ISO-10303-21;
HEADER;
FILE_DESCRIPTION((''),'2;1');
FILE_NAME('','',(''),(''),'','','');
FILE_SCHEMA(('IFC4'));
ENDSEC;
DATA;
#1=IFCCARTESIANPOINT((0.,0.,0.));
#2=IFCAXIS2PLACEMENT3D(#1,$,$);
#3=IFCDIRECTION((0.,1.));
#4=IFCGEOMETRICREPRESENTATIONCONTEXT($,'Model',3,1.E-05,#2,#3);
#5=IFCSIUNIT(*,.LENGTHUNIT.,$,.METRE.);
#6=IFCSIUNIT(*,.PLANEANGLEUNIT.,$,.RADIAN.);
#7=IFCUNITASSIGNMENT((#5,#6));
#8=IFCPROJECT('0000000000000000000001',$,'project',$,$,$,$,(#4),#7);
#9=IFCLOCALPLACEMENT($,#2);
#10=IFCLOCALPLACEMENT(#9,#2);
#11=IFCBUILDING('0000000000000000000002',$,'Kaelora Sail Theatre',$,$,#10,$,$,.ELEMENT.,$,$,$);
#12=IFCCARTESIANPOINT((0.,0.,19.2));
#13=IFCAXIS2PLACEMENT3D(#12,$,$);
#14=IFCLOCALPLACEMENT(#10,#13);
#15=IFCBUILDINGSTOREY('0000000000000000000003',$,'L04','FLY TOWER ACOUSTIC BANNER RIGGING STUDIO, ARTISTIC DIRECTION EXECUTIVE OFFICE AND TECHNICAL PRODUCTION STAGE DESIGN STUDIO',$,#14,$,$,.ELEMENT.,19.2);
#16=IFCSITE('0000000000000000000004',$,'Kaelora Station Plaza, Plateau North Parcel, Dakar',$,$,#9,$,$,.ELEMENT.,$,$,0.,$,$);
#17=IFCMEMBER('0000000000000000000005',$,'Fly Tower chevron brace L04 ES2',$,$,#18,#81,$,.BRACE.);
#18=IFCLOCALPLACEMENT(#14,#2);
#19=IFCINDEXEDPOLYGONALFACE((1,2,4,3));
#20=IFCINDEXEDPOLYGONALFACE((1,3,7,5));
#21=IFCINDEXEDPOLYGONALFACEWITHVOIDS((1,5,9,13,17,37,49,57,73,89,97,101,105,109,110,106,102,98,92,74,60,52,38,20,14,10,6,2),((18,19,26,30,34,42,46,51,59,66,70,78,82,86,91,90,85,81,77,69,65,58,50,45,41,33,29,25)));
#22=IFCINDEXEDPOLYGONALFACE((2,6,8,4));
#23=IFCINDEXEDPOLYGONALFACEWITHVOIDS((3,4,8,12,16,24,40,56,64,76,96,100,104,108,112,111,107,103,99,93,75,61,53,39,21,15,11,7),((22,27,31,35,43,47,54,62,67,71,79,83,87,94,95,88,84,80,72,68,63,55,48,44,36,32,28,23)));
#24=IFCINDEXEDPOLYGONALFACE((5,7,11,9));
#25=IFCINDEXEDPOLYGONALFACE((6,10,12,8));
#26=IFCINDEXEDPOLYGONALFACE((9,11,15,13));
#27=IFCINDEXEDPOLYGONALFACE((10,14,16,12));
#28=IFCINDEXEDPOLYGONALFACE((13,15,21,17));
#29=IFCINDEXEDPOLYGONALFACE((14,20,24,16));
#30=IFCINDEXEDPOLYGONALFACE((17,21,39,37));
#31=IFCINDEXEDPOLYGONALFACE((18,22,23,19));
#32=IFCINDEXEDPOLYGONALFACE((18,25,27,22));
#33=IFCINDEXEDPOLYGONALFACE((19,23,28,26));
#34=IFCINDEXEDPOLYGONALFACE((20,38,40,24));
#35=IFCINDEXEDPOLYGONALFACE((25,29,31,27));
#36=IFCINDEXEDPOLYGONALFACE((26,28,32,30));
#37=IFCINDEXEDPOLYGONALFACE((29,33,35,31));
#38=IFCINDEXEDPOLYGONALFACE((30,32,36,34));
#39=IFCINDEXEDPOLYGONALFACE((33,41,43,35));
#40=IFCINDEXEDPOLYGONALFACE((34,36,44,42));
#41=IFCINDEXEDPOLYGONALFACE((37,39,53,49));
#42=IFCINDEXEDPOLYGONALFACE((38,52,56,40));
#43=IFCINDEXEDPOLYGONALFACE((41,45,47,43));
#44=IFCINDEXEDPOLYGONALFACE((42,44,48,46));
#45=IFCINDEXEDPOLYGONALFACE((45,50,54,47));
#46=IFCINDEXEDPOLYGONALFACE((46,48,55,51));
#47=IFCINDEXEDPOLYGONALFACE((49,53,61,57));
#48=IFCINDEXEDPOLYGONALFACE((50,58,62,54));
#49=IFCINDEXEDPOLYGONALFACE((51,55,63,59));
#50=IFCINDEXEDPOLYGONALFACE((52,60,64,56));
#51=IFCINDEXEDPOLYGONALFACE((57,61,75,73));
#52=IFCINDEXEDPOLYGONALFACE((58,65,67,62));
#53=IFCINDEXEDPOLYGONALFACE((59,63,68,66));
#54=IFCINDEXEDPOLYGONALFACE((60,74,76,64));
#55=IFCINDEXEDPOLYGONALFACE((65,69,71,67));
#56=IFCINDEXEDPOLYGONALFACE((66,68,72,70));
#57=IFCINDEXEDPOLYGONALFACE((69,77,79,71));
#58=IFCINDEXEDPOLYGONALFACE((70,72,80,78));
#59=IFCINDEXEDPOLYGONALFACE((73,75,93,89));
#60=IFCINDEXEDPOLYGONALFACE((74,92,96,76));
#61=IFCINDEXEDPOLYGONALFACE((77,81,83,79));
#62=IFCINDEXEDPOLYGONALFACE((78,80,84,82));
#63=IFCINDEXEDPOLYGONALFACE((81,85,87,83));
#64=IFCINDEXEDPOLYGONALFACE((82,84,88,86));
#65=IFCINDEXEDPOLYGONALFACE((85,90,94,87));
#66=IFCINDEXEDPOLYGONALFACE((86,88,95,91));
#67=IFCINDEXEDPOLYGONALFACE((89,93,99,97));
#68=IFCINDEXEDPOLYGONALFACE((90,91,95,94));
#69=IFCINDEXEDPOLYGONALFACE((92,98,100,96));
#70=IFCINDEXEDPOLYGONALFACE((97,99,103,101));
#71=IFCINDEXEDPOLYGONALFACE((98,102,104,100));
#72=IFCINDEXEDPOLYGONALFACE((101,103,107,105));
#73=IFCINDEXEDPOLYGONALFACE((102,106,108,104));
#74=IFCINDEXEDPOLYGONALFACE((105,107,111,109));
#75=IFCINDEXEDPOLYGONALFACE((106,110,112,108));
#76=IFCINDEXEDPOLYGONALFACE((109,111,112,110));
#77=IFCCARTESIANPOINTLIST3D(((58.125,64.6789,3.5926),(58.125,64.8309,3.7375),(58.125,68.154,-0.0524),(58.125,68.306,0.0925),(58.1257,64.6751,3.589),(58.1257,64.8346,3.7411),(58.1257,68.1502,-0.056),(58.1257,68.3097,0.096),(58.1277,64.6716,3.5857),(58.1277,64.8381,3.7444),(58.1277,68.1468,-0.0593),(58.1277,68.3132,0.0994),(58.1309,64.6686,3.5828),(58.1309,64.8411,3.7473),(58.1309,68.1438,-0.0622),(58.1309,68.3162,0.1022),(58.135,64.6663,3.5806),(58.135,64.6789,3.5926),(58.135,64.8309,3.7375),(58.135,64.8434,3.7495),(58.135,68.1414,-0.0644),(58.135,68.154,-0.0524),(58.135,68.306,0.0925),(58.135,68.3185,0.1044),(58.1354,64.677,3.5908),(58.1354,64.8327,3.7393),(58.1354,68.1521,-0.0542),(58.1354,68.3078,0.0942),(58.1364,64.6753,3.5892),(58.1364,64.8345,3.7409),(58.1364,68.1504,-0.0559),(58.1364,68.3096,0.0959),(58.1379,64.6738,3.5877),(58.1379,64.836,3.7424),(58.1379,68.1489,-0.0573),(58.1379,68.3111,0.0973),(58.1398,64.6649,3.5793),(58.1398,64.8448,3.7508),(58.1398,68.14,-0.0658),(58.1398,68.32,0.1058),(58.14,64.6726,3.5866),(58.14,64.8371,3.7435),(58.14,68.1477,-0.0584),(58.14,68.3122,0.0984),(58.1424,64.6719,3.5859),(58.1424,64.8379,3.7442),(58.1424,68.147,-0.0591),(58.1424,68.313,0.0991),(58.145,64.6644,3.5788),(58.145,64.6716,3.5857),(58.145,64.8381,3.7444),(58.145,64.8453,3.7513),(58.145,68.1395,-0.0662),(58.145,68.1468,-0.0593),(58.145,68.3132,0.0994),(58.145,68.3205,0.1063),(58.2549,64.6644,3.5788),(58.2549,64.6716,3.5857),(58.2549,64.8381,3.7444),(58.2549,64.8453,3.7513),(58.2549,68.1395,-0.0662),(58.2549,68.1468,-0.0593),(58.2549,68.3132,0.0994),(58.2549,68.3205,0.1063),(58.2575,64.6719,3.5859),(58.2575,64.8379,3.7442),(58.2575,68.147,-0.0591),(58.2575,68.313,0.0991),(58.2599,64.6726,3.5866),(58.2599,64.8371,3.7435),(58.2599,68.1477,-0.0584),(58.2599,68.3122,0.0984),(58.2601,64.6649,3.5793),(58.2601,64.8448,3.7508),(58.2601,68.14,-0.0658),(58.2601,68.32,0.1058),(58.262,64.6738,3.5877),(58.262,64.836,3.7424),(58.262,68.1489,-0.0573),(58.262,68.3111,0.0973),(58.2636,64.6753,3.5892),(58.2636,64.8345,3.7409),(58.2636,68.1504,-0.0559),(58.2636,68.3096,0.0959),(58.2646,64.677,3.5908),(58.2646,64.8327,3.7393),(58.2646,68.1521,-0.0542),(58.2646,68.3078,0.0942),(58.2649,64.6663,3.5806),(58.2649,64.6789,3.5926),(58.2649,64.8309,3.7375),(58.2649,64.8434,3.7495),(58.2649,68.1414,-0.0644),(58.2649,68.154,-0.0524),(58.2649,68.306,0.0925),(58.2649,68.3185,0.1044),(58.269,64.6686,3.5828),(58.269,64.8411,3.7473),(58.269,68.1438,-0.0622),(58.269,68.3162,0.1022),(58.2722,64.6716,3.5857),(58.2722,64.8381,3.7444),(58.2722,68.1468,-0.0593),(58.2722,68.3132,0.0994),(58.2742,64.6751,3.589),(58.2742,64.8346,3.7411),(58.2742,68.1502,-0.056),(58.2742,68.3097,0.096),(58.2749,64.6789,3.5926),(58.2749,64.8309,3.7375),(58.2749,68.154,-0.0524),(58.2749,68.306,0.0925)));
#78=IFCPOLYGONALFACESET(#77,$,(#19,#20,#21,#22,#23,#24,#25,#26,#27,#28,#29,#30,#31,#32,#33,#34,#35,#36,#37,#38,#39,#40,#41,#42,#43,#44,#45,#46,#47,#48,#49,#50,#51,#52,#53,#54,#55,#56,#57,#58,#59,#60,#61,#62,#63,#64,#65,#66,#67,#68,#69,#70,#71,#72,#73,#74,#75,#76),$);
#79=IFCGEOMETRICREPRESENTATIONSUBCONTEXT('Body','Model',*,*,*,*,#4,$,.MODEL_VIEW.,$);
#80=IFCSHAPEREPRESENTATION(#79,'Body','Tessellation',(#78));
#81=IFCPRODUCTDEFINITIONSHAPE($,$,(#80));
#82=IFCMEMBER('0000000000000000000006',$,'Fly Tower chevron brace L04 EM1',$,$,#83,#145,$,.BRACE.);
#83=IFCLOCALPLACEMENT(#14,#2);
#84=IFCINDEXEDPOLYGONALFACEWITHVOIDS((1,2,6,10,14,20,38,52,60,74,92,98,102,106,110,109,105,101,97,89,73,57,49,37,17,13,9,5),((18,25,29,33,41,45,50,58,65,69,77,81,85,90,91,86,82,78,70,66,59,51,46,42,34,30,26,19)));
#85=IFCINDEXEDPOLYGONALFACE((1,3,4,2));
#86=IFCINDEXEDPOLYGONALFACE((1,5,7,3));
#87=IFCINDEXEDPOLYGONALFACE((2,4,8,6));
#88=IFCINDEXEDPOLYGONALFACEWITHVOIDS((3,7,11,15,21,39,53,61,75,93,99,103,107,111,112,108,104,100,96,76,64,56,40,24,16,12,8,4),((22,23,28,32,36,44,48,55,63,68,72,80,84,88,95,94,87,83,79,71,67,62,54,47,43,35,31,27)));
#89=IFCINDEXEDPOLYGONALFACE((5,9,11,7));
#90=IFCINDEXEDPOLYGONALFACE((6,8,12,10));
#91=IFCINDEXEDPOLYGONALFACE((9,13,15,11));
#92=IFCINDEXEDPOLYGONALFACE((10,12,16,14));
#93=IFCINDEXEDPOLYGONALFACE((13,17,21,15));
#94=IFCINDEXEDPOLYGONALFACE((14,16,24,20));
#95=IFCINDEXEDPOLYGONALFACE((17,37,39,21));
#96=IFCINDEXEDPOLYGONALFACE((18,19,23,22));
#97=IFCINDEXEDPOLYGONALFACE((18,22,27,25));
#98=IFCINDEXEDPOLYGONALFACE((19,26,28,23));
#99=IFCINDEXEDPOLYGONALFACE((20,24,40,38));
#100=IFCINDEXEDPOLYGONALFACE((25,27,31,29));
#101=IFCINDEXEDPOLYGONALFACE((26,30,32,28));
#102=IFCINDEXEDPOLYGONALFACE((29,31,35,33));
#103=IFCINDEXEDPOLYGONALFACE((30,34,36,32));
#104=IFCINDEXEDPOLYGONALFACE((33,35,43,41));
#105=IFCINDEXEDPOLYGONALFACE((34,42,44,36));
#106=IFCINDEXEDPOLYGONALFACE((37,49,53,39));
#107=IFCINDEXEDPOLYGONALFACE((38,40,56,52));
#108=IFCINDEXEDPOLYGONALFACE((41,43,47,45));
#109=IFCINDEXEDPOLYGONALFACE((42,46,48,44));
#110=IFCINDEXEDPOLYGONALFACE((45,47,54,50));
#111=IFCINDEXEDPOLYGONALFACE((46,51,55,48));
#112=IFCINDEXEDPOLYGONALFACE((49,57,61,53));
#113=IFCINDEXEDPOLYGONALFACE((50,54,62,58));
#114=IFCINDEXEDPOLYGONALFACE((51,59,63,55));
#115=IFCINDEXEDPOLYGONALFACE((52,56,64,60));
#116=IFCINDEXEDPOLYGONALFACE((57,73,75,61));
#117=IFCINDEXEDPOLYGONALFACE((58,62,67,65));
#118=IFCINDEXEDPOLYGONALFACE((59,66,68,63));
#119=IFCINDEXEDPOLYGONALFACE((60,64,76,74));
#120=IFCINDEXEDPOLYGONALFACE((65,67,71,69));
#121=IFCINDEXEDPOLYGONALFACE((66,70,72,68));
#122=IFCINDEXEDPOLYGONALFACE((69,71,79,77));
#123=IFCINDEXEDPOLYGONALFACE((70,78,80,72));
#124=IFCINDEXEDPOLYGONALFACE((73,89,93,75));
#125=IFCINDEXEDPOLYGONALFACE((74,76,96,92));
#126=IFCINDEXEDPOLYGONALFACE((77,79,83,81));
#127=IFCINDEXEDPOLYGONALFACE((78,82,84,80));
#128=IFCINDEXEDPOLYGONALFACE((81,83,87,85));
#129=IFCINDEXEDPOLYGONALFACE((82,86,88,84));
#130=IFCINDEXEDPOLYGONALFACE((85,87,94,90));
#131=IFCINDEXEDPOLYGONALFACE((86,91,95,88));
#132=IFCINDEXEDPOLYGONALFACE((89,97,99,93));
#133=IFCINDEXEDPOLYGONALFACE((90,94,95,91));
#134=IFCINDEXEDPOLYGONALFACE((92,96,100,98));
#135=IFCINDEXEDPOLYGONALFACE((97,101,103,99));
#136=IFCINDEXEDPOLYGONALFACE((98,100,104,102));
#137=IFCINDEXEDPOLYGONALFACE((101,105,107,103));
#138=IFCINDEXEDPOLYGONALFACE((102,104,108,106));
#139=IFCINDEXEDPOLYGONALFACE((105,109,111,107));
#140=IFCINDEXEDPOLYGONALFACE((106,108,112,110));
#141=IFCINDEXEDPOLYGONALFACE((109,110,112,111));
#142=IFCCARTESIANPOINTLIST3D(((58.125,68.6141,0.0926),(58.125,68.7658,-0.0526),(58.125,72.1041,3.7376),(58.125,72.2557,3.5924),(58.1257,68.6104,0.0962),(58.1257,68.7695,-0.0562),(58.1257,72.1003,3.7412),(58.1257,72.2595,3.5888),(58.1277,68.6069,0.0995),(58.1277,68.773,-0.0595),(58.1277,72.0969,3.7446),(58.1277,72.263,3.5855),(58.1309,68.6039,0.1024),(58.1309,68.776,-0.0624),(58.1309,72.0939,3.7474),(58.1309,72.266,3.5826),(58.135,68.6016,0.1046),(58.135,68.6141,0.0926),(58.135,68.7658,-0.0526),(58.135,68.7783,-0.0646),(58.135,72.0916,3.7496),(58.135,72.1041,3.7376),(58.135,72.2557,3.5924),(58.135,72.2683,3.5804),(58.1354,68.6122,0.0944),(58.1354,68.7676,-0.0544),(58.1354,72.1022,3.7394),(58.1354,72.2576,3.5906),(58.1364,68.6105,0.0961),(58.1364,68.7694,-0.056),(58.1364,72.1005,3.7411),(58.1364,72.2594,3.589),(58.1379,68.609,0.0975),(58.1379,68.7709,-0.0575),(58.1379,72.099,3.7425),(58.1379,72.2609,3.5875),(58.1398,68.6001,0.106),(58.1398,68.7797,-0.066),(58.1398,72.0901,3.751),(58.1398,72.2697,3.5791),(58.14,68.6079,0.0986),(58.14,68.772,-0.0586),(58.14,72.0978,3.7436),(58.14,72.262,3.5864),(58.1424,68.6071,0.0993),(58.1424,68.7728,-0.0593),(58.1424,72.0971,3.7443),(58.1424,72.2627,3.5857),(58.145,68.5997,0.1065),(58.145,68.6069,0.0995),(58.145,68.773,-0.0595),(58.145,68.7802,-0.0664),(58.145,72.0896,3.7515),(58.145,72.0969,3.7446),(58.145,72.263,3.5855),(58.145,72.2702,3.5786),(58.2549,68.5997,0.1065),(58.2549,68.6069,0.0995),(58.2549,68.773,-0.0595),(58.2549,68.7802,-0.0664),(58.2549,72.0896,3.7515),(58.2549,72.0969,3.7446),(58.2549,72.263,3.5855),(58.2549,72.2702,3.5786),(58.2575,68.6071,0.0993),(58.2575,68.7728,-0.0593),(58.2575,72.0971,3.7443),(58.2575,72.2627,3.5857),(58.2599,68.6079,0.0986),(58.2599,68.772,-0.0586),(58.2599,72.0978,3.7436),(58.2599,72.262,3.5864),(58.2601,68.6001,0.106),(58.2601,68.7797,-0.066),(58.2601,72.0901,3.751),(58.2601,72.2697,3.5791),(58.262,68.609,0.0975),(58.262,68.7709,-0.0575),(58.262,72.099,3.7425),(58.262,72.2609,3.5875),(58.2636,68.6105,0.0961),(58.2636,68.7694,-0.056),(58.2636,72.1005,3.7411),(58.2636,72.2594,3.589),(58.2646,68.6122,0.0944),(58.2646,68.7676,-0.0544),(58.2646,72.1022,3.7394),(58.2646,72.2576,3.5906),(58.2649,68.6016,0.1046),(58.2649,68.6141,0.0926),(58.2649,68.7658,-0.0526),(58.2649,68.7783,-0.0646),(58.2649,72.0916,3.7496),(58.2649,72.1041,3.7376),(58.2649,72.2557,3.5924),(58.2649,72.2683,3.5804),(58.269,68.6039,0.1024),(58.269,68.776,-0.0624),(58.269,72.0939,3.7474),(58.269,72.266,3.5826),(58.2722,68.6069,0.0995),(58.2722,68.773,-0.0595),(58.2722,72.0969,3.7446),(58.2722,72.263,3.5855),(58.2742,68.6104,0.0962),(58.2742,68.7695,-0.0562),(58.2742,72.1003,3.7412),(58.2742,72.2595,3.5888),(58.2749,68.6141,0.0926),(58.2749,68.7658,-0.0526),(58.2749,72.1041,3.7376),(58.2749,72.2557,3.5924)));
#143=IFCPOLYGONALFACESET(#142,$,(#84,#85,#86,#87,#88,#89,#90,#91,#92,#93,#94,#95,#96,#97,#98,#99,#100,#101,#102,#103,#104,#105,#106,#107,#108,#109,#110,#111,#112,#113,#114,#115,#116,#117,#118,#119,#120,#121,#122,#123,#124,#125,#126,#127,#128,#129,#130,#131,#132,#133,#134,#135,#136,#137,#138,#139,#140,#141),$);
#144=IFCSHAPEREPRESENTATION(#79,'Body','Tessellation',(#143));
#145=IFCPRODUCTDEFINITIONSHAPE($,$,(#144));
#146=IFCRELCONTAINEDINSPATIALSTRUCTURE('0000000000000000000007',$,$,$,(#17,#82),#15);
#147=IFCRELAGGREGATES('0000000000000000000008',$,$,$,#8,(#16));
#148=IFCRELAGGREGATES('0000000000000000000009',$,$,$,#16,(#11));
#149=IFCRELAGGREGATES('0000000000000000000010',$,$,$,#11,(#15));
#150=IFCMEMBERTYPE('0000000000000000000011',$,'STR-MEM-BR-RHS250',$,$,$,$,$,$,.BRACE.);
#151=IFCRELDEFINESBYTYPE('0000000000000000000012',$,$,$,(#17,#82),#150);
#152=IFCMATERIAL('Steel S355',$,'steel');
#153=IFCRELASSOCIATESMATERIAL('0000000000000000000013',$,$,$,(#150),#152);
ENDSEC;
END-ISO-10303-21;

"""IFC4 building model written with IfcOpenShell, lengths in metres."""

from ifc_helpers import new_model, si_unit, direction, frame, origin, origin_2d, place, context, subcontext, project, spatial, hollow_rectangle, extrude, material, material_profile, profile_set, type_object, element, save


model = new_model("IFC4")

# Units and contexts
model_context = context("Model", 3, precision=1e-05, world=origin(), true_north=direction((0.0, 1.0)))
body_context = subcontext(model_context, "Body", "Model", "MODEL_VIEW")
ifc_project = project(units=[si_unit("LENGTHUNIT", "METRE"), si_unit("PLANEANGLEUNIT", "RADIAN")], contexts=[model_context])

# Site, building, storey
site_placement = place(None, origin())
site = spatial("IfcSite", under=ifc_project, at=site_placement, Name="Kaelora Station Plaza, Plateau North Parcel, Dakar", CompositionType="ELEMENT", RefElevation=0.0)
building_placement = place(site_placement, origin())
building = spatial("IfcBuilding", under=site, at=building_placement, Name="Kaelora Sail Theatre", CompositionType="ELEMENT")
storey_placement = place(building_placement, frame((0.0, 0.0, 19.2)))
storey = spatial("IfcBuildingStorey", under=building, at=storey_placement, Name="L04", Description="FLY TOWER ACOUSTIC BANNER RIGGING STUDIO, ARTISTIC DIRECTION EXECUTIVE OFFICE AND TECHNICAL PRODUCTION STAGE DESIGN STUDIO", CompositionType="ELEMENT", Elevation=19.2)

# Members
ifc_material_1 = material(Name="Steel S355", Category="steel")
ifc_material_profile_1 = material_profile(ifc_material_1, hollow_rectangle(XDim=0.1499, YDim=0.25, WallThickness=0.01, InnerFilletRadius=0.01, OuterFilletRadius=0.02, at=origin_2d()), Name="RHS 250x150x10.0")
ifc_profile_set_1 = profile_set([ifc_material_profile_1], Name="Steel S355")
member_type = type_object("IfcMemberType", Name="STR-MEM-BR-RHS250", PredefinedType="BRACE", material=ifc_profile_set_1)
member_1_placement = place(storey_placement, frame((58.2, 68.23, 0.02), z_axis=(0.0, -0.690035, 0.723776), x_axis=(1.0, 0.0, 0.0)))
element("IfcMember", 1, at=member_1_placement, inside=storey, type_object=member_type, Name="Fly Tower chevron brace L04 ES2", PredefinedType="BRACE", context=body_context, shape_type="SweptSolid", body=[
    extrude(hollow_rectangle(XDim=0.1499, YDim=0.25, WallThickness=0.01, InnerFilletRadius=0.01, OuterFilletRadius=0.02, at=origin_2d()), origin(), (0.0, 0.0, 1.0), 5.0361),
])
for number, where, z_axis, x_axis, name in (
    (2, (58.2, 68.6899, 0.02), (0.0, 0.69158, 0.7223), (-1.0, 0.0, 0.0), "Fly Tower chevron brace L04 EM1"),
):
    element("IfcMember", number, at=place(storey_placement, frame(where, z_axis=z_axis, x_axis=x_axis)), inside=storey, type_object=member_type, Name=name, PredefinedType="BRACE", context=body_context, shape_type="SweptSolid", body=[
        extrude(hollow_rectangle(XDim=0.1499, YDim=0.25, WallThickness=0.01, InnerFilletRadius=0.01, OuterFilletRadius=0.02, at=origin_2d()), origin(), (0.0, 0.0, 1.0), 5.0464),
    ])

save(model, "model.ifc")
